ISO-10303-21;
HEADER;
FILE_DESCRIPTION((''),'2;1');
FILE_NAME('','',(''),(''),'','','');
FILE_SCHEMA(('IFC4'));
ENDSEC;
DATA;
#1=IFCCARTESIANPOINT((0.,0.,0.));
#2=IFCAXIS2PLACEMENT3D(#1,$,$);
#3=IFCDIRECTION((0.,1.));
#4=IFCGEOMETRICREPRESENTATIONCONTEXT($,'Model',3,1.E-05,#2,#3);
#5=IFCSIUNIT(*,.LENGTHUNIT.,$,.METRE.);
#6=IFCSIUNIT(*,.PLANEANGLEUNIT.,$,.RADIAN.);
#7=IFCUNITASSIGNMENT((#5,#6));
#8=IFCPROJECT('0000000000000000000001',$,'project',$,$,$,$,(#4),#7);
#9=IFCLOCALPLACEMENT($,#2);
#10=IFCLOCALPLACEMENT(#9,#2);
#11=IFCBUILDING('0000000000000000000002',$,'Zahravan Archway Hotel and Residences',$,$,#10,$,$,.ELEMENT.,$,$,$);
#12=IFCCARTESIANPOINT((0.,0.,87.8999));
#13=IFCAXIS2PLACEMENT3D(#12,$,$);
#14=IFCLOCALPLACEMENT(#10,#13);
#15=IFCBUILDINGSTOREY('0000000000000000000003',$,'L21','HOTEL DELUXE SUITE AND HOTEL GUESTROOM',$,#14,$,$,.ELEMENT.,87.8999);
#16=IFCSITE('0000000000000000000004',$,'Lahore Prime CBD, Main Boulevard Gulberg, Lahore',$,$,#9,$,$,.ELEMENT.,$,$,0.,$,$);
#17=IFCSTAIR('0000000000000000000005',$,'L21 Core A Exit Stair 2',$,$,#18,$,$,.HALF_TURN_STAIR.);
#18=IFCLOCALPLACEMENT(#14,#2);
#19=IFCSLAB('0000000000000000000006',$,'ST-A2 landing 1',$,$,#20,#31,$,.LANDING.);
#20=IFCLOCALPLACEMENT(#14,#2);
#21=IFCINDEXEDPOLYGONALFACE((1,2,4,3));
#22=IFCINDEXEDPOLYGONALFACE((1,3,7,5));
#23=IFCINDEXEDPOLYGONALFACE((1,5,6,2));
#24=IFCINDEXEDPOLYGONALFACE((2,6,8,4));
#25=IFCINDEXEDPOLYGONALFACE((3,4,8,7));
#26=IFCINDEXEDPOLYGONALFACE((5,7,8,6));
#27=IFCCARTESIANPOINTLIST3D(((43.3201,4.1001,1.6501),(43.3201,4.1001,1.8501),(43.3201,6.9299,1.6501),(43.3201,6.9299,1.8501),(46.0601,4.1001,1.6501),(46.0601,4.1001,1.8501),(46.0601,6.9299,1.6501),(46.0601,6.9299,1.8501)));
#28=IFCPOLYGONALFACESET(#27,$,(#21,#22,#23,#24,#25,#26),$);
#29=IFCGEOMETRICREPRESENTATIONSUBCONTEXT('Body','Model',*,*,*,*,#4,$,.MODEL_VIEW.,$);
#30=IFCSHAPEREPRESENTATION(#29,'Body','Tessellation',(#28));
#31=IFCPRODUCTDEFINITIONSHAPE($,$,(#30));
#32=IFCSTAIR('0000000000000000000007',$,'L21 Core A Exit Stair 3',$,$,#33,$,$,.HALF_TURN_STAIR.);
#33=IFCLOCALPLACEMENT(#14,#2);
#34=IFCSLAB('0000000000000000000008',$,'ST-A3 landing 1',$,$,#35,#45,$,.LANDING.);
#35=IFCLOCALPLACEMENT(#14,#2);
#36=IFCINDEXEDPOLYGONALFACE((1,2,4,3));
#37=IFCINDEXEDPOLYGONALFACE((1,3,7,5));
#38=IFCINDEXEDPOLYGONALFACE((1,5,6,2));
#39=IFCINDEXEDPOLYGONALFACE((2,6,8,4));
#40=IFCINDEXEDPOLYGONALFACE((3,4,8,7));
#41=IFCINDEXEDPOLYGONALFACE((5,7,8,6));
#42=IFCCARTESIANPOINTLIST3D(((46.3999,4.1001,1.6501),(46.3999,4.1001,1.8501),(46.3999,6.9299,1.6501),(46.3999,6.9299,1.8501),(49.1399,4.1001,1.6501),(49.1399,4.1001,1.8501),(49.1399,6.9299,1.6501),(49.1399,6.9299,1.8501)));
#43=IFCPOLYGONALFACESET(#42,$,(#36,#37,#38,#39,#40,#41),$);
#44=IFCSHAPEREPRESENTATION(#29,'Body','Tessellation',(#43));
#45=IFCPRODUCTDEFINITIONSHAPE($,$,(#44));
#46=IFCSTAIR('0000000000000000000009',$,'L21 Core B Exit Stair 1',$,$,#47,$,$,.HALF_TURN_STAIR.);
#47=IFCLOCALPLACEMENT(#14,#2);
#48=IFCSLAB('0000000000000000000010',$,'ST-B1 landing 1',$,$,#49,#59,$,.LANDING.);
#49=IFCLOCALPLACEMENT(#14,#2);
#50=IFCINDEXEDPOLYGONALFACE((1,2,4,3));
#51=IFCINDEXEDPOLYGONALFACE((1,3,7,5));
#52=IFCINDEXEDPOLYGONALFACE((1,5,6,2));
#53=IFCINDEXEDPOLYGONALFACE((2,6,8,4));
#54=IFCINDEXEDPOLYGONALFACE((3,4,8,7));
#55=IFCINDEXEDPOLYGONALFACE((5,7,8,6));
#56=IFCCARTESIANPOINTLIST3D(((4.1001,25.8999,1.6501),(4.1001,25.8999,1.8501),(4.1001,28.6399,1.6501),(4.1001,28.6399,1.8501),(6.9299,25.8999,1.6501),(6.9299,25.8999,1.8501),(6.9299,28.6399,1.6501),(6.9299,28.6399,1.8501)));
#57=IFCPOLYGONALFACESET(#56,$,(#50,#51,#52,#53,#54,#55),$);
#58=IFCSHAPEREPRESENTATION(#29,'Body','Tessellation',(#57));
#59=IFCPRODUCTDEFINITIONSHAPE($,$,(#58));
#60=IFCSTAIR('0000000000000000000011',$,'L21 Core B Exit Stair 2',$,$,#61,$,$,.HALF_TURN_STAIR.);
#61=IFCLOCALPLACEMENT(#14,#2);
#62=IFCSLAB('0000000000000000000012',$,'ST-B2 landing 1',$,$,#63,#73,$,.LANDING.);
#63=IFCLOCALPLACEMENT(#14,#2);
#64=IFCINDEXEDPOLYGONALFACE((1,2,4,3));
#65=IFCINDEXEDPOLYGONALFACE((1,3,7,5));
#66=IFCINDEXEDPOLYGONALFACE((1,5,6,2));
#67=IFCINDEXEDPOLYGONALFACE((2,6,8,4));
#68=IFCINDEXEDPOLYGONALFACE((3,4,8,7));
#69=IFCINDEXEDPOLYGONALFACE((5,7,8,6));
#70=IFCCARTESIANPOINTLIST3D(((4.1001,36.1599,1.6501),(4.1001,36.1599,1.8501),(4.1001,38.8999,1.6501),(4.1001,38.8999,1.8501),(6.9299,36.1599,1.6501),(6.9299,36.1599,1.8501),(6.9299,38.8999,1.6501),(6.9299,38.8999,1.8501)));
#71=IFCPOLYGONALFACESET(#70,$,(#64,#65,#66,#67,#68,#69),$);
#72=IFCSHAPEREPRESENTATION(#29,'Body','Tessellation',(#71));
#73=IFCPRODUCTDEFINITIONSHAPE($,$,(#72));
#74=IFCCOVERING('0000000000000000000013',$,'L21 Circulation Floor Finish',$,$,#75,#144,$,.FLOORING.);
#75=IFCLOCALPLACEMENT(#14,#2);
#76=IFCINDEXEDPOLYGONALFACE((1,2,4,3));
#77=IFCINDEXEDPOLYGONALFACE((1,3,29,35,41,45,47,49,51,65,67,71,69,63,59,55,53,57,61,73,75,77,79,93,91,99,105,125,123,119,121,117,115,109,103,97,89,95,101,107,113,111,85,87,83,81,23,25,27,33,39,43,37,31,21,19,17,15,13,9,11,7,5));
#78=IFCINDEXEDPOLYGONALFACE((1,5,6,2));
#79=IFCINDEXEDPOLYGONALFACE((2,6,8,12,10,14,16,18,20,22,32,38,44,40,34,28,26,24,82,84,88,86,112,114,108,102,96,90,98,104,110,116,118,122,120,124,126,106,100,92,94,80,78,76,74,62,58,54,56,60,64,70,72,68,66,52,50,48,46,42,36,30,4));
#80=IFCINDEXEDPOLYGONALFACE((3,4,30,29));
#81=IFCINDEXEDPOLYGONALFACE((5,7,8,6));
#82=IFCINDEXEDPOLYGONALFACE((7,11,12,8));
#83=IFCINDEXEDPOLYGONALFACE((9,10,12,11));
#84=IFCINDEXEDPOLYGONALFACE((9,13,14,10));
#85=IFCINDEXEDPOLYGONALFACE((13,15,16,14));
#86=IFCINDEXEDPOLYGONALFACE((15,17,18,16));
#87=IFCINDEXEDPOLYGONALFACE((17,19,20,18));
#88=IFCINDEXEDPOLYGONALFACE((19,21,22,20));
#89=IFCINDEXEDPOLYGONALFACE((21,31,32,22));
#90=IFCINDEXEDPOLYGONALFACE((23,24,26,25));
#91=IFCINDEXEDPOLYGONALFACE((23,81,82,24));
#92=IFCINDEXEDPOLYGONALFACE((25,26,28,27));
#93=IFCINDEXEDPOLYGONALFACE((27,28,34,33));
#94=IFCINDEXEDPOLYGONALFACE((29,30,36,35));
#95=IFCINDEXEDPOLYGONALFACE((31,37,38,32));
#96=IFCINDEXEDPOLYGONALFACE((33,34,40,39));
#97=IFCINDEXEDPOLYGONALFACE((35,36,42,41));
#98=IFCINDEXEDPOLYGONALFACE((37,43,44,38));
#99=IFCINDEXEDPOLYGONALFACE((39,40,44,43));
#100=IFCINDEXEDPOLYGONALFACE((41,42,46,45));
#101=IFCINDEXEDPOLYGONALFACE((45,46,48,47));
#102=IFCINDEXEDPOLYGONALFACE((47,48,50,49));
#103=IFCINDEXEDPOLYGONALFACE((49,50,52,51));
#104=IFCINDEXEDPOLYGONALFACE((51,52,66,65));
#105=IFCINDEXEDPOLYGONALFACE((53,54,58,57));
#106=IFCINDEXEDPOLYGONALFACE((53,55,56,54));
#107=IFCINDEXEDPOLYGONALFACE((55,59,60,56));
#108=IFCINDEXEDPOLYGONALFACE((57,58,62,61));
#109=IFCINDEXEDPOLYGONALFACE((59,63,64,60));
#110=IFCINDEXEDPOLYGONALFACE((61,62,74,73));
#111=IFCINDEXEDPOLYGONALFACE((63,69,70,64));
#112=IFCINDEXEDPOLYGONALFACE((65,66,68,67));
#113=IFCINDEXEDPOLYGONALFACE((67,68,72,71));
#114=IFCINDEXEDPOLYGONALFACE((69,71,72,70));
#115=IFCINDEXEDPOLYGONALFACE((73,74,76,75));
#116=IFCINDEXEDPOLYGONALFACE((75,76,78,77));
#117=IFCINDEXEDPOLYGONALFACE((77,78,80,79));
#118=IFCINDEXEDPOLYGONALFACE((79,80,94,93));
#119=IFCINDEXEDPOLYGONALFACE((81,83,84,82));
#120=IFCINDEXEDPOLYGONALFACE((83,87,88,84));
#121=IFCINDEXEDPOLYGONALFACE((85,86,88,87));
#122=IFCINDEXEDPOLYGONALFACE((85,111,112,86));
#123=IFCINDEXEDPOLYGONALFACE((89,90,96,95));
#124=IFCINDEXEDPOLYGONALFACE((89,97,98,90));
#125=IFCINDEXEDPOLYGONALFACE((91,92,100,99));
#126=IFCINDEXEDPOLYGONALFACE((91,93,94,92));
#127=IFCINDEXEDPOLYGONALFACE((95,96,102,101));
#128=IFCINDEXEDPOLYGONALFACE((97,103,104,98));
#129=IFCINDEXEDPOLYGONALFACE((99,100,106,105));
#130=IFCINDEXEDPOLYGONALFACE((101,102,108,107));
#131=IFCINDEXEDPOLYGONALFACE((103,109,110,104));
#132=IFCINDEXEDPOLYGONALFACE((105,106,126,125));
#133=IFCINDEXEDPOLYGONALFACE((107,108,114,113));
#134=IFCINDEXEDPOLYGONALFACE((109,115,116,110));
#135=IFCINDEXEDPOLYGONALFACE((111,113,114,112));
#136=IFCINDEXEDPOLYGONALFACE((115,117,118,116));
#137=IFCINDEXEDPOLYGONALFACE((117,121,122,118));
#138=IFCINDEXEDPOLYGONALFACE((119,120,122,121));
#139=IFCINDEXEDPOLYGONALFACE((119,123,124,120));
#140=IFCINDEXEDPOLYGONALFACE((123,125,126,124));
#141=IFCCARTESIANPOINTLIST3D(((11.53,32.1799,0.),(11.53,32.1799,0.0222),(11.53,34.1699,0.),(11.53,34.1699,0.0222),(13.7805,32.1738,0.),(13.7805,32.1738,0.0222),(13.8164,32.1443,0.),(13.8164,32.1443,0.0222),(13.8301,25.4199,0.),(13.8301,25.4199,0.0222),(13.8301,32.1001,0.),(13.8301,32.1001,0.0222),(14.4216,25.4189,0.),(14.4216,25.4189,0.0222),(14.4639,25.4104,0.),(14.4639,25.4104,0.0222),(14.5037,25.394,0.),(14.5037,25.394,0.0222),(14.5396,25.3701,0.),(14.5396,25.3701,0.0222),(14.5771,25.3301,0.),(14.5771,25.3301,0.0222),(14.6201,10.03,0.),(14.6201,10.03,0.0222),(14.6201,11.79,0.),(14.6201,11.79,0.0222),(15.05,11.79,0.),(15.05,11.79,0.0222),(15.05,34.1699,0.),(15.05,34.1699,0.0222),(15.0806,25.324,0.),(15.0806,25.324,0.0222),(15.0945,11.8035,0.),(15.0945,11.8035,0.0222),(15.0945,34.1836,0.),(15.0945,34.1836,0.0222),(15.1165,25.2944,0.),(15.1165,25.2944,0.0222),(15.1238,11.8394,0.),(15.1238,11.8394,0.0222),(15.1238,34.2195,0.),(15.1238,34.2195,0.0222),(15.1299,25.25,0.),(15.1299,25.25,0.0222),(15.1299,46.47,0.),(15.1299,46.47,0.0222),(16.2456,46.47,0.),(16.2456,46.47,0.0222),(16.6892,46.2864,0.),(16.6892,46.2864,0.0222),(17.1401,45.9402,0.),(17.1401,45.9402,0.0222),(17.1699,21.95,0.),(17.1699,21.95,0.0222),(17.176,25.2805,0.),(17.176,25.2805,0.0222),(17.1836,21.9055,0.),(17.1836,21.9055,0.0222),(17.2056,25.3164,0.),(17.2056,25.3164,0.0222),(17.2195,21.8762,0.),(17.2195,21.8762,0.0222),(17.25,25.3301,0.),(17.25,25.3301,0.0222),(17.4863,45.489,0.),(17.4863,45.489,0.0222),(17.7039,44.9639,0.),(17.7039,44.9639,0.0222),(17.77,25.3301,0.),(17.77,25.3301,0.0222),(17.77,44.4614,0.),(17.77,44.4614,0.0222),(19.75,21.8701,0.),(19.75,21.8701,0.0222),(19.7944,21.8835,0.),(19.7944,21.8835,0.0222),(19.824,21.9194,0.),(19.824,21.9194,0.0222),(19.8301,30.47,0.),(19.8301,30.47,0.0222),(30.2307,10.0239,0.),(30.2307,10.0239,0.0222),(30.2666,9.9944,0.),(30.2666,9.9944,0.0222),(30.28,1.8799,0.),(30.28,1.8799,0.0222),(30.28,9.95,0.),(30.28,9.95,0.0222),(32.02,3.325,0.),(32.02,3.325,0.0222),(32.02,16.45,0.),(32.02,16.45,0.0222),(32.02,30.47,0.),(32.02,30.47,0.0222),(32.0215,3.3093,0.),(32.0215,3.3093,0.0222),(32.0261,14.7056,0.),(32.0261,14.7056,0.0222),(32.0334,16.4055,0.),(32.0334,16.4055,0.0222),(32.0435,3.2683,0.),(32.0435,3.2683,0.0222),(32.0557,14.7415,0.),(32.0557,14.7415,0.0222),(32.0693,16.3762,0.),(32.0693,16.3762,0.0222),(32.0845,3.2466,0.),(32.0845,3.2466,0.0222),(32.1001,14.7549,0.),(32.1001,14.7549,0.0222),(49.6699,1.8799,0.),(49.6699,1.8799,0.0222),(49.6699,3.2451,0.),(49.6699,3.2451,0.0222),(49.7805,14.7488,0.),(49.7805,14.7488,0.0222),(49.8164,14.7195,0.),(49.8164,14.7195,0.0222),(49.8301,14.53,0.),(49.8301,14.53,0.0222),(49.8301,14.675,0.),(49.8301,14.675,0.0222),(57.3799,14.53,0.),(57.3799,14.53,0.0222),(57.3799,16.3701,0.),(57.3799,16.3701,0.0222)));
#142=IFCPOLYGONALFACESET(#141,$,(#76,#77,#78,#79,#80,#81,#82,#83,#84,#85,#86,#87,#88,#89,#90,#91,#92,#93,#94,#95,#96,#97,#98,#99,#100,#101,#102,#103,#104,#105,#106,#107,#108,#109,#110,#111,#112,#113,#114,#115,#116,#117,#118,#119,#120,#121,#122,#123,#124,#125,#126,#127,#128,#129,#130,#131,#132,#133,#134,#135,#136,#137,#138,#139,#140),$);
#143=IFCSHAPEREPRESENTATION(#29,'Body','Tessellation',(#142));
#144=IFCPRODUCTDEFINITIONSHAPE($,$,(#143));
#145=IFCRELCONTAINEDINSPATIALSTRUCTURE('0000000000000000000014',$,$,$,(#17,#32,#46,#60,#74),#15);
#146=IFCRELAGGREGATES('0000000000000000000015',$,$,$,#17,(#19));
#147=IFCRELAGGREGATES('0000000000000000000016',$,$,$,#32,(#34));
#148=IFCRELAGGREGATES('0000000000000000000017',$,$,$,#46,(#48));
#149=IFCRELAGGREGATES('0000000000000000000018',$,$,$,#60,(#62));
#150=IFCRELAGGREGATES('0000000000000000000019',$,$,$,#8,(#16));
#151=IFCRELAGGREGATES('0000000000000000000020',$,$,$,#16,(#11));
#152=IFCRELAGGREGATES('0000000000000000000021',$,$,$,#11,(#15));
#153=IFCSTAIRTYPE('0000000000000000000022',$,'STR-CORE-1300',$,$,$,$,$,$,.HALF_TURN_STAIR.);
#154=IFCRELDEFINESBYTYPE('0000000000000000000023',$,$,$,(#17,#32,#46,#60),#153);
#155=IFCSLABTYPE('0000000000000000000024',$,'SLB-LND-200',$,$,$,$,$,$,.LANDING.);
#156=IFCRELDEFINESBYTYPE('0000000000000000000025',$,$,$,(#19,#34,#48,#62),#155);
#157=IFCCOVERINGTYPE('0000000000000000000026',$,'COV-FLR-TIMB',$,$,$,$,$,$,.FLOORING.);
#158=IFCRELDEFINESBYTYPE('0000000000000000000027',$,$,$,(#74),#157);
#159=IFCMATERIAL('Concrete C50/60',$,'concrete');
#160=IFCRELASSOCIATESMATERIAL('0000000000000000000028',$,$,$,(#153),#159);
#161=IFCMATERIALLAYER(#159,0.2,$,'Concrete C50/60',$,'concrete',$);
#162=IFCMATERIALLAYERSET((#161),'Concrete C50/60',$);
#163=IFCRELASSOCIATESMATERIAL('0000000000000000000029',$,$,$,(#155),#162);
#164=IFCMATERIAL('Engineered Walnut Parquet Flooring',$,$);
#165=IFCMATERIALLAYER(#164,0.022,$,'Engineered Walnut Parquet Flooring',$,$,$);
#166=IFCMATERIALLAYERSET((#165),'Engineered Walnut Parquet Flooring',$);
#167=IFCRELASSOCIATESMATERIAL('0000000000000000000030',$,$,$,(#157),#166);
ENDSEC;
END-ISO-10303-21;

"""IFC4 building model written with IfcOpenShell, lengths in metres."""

from ifc_helpers import new_model, si_unit, direction, frame, origin, place, context, subcontext, project, spatial, polyline, outline, extrude, material, layer, layer_set, type_object, element, aggregate, save


model = new_model("IFC4")

# Units and contexts
model_context = context("Model", 3, precision=1e-05, world=origin(), true_north=direction((0.0, 1.0)))
body_context = subcontext(model_context, "Body", "Model", "MODEL_VIEW")
ifc_project = project(units=[si_unit("LENGTHUNIT", "METRE"), si_unit("PLANEANGLEUNIT", "RADIAN")], contexts=[model_context])

# Site, building, storey
site_placement = place(None, origin())
site = spatial("IfcSite", under=ifc_project, at=site_placement, Name="Lahore Prime CBD, Main Boulevard Gulberg, Lahore", CompositionType="ELEMENT", RefElevation=0.0)
building_placement = place(site_placement, origin())
building = spatial("IfcBuilding", under=site, at=building_placement, Name="Zahravan Archway Hotel and Residences", CompositionType="ELEMENT")
storey_placement = place(building_placement, frame((0.0, 0.0, 87.8999)))
storey = spatial("IfcBuildingStorey", under=building, at=storey_placement, Name="L21", Description="HOTEL DELUXE SUITE AND HOTEL GUESTROOM", CompositionType="ELEMENT", Elevation=87.8999)

# Stairs, slabs
ifc_material_1 = material(Name="Concrete C50/60", Category="concrete")
stair_type = type_object("IfcStairType", Name="STR-CORE-1300", PredefinedType="HALF_TURN_STAIR", material=ifc_material_1)
ifc_layer_1 = layer(ifc_material_1, 0.2, Name="Concrete C50/60", Category="concrete")
ifc_layer_set_1 = layer_set([ifc_layer_1], Name="Concrete C50/60")
slab_type_1 = type_object("IfcSlabType", Name="SLB-LND-200", PredefinedType="LANDING", material=ifc_layer_set_1)
stair_1_placement = place(storey_placement, origin())
stair_1 = element("IfcStair", 1, at=stair_1_placement, inside=storey, type_object=stair_type, Name="L21 Core A Exit Stair 2", PredefinedType="HALF_TURN_STAIR")
slab_1_placement = place(storey_placement, frame((0.0, 0.0, 1.6501)))
slab_1 = element("IfcSlab", 2, at=slab_1_placement, type_object=slab_type_1, Name="ST-A2 landing 1", PredefinedType="LANDING", context=body_context, shape_type="SweptSolid", body=[
    extrude(outline(polyline([(43.3201, 6.9299), (43.3201, 4.1001), (46.0601, 4.1001), (46.0601, 6.9299), (43.3201, 6.9299)])), origin(), (0.0, 0.0, 1.0), 0.2),
])
aggregate(stair_1, [slab_1])
stair_2_placement = place(storey_placement, origin())
stair_2 = element("IfcStair", 3, at=stair_2_placement, inside=storey, type_object=stair_type, Name="L21 Core A Exit Stair 3", PredefinedType="HALF_TURN_STAIR")
slab_2_placement = place(storey_placement, frame((0.0, 0.0, 1.6501)))
slab_2 = element("IfcSlab", 4, at=slab_2_placement, type_object=slab_type_1, Name="ST-A3 landing 1", PredefinedType="LANDING", context=body_context, shape_type="SweptSolid", body=[
    extrude(outline(polyline([(46.3999, 6.9299), (46.3999, 4.1001), (49.1399, 4.1001), (49.1399, 6.9299), (46.3999, 6.9299)])), origin(), (0.0, 0.0, 1.0), 0.2),
])
aggregate(stair_2, [slab_2])
stair_3_placement = place(storey_placement, origin())
stair_3 = element("IfcStair", 5, at=stair_3_placement, inside=storey, type_object=stair_type, Name="L21 Core B Exit Stair 1", PredefinedType="HALF_TURN_STAIR")
slab_3_placement = place(storey_placement, frame((0.0, 0.0, 1.6501)))
slab_3 = element("IfcSlab", 6, at=slab_3_placement, type_object=slab_type_1, Name="ST-B1 landing 1", PredefinedType="LANDING", context=body_context, shape_type="SweptSolid", body=[
    extrude(outline(polyline([(6.9299, 28.6399), (4.1001, 28.6399), (4.1001, 25.8999), (6.9299, 25.8999), (6.9299, 28.6399)])), origin(), (0.0, 0.0, 1.0), 0.2),
])
aggregate(stair_3, [slab_3])
stair_4_placement = place(storey_placement, origin())
stair_4 = element("IfcStair", 7, at=stair_4_placement, inside=storey, type_object=stair_type, Name="L21 Core B Exit Stair 2", PredefinedType="HALF_TURN_STAIR")
slab_4_placement = place(storey_placement, frame((0.0, 0.0, 1.6501)))
slab_4 = element("IfcSlab", 8, at=slab_4_placement, type_object=slab_type_1, Name="ST-B2 landing 1", PredefinedType="LANDING", context=body_context, shape_type="SweptSolid", body=[
    extrude(outline(polyline([(6.9299, 38.8999), (4.1001, 38.8999), (4.1001, 36.1599), (6.9299, 36.1599), (6.9299, 38.8999)])), origin(), (0.0, 0.0, 1.0), 0.2),
])
aggregate(stair_4, [slab_4])

# Covering
ifc_material_2 = material(Name="Engineered Walnut Parquet Flooring")
ifc_layer_2 = layer(ifc_material_2, 0.022, Name="Engineered Walnut Parquet Flooring")
ifc_layer_set_2 = layer_set([ifc_layer_2], Name="Engineered Walnut Parquet Flooring")
covering_type = type_object("IfcCoveringType", Name="COV-FLR-TIMB", PredefinedType="FLOORING", material=ifc_layer_set_2)
covering_placement = place(storey_placement, origin())
element("IfcCovering", 9, at=covering_placement, inside=storey, type_object=covering_type, Name="L21 Circulation Floor Finish", PredefinedType="FLOORING", context=body_context, shape_type="SweptSolid", body=[
    extrude(outline(polyline([(32.0215, 3.3093), (32.0435, 3.2683), (32.0845, 3.2466), (49.6699, 3.2451), (49.6699, 1.8799), (30.28, 1.8799), (30.28, 9.95), (30.2666, 9.9944), (30.2307, 10.0239), (14.6201, 10.03), (14.6201, 11.79), (15.05, 11.79), (15.0945, 11.8035), (15.1238, 11.8394), (15.1299, 25.25), (15.1165, 25.2944), (15.0806, 25.324), (14.5771, 25.3301), (14.5396, 25.3701), (14.5037, 25.394), (14.4639, 25.4104), (14.4216, 25.4189), (13.8301, 25.4199), (13.8301, 32.1001), (13.8164, 32.1443), (13.7805, 32.1738), (11.53, 32.1799), (11.53, 34.1699), (15.05, 34.1699), (15.0945, 34.1836), (15.1238, 34.2195), (15.1299, 46.47), (16.2456, 46.47), (16.6892, 46.2864), (17.1401, 45.9402), (17.4863, 45.489), (17.7039, 44.9639), (17.77, 44.4614), (17.77, 25.3301), (17.25, 25.3301), (17.2056, 25.3164), (17.176, 25.2805), (17.1699, 21.95), (17.1836, 21.9055), (17.2195, 21.8762), (19.75, 21.8701), (19.7944, 21.8835), (19.824, 21.9194), (19.8301, 30.47), (32.02, 30.47), (32.02, 16.45), (32.0334, 16.4055), (32.0693, 16.3762), (57.3799, 16.3701), (57.3799, 14.53), (49.8301, 14.53), (49.8301, 14.675), (49.8164, 14.7195), (49.7805, 14.7488), (32.1001, 14.7549), (32.0557, 14.7415), (32.0261, 14.7056), (32.02, 3.325), (32.0215, 3.3093)])), origin(), (0.0, 0.0, 1.0), 0.0222),
])

save(model, "model.ifc")
